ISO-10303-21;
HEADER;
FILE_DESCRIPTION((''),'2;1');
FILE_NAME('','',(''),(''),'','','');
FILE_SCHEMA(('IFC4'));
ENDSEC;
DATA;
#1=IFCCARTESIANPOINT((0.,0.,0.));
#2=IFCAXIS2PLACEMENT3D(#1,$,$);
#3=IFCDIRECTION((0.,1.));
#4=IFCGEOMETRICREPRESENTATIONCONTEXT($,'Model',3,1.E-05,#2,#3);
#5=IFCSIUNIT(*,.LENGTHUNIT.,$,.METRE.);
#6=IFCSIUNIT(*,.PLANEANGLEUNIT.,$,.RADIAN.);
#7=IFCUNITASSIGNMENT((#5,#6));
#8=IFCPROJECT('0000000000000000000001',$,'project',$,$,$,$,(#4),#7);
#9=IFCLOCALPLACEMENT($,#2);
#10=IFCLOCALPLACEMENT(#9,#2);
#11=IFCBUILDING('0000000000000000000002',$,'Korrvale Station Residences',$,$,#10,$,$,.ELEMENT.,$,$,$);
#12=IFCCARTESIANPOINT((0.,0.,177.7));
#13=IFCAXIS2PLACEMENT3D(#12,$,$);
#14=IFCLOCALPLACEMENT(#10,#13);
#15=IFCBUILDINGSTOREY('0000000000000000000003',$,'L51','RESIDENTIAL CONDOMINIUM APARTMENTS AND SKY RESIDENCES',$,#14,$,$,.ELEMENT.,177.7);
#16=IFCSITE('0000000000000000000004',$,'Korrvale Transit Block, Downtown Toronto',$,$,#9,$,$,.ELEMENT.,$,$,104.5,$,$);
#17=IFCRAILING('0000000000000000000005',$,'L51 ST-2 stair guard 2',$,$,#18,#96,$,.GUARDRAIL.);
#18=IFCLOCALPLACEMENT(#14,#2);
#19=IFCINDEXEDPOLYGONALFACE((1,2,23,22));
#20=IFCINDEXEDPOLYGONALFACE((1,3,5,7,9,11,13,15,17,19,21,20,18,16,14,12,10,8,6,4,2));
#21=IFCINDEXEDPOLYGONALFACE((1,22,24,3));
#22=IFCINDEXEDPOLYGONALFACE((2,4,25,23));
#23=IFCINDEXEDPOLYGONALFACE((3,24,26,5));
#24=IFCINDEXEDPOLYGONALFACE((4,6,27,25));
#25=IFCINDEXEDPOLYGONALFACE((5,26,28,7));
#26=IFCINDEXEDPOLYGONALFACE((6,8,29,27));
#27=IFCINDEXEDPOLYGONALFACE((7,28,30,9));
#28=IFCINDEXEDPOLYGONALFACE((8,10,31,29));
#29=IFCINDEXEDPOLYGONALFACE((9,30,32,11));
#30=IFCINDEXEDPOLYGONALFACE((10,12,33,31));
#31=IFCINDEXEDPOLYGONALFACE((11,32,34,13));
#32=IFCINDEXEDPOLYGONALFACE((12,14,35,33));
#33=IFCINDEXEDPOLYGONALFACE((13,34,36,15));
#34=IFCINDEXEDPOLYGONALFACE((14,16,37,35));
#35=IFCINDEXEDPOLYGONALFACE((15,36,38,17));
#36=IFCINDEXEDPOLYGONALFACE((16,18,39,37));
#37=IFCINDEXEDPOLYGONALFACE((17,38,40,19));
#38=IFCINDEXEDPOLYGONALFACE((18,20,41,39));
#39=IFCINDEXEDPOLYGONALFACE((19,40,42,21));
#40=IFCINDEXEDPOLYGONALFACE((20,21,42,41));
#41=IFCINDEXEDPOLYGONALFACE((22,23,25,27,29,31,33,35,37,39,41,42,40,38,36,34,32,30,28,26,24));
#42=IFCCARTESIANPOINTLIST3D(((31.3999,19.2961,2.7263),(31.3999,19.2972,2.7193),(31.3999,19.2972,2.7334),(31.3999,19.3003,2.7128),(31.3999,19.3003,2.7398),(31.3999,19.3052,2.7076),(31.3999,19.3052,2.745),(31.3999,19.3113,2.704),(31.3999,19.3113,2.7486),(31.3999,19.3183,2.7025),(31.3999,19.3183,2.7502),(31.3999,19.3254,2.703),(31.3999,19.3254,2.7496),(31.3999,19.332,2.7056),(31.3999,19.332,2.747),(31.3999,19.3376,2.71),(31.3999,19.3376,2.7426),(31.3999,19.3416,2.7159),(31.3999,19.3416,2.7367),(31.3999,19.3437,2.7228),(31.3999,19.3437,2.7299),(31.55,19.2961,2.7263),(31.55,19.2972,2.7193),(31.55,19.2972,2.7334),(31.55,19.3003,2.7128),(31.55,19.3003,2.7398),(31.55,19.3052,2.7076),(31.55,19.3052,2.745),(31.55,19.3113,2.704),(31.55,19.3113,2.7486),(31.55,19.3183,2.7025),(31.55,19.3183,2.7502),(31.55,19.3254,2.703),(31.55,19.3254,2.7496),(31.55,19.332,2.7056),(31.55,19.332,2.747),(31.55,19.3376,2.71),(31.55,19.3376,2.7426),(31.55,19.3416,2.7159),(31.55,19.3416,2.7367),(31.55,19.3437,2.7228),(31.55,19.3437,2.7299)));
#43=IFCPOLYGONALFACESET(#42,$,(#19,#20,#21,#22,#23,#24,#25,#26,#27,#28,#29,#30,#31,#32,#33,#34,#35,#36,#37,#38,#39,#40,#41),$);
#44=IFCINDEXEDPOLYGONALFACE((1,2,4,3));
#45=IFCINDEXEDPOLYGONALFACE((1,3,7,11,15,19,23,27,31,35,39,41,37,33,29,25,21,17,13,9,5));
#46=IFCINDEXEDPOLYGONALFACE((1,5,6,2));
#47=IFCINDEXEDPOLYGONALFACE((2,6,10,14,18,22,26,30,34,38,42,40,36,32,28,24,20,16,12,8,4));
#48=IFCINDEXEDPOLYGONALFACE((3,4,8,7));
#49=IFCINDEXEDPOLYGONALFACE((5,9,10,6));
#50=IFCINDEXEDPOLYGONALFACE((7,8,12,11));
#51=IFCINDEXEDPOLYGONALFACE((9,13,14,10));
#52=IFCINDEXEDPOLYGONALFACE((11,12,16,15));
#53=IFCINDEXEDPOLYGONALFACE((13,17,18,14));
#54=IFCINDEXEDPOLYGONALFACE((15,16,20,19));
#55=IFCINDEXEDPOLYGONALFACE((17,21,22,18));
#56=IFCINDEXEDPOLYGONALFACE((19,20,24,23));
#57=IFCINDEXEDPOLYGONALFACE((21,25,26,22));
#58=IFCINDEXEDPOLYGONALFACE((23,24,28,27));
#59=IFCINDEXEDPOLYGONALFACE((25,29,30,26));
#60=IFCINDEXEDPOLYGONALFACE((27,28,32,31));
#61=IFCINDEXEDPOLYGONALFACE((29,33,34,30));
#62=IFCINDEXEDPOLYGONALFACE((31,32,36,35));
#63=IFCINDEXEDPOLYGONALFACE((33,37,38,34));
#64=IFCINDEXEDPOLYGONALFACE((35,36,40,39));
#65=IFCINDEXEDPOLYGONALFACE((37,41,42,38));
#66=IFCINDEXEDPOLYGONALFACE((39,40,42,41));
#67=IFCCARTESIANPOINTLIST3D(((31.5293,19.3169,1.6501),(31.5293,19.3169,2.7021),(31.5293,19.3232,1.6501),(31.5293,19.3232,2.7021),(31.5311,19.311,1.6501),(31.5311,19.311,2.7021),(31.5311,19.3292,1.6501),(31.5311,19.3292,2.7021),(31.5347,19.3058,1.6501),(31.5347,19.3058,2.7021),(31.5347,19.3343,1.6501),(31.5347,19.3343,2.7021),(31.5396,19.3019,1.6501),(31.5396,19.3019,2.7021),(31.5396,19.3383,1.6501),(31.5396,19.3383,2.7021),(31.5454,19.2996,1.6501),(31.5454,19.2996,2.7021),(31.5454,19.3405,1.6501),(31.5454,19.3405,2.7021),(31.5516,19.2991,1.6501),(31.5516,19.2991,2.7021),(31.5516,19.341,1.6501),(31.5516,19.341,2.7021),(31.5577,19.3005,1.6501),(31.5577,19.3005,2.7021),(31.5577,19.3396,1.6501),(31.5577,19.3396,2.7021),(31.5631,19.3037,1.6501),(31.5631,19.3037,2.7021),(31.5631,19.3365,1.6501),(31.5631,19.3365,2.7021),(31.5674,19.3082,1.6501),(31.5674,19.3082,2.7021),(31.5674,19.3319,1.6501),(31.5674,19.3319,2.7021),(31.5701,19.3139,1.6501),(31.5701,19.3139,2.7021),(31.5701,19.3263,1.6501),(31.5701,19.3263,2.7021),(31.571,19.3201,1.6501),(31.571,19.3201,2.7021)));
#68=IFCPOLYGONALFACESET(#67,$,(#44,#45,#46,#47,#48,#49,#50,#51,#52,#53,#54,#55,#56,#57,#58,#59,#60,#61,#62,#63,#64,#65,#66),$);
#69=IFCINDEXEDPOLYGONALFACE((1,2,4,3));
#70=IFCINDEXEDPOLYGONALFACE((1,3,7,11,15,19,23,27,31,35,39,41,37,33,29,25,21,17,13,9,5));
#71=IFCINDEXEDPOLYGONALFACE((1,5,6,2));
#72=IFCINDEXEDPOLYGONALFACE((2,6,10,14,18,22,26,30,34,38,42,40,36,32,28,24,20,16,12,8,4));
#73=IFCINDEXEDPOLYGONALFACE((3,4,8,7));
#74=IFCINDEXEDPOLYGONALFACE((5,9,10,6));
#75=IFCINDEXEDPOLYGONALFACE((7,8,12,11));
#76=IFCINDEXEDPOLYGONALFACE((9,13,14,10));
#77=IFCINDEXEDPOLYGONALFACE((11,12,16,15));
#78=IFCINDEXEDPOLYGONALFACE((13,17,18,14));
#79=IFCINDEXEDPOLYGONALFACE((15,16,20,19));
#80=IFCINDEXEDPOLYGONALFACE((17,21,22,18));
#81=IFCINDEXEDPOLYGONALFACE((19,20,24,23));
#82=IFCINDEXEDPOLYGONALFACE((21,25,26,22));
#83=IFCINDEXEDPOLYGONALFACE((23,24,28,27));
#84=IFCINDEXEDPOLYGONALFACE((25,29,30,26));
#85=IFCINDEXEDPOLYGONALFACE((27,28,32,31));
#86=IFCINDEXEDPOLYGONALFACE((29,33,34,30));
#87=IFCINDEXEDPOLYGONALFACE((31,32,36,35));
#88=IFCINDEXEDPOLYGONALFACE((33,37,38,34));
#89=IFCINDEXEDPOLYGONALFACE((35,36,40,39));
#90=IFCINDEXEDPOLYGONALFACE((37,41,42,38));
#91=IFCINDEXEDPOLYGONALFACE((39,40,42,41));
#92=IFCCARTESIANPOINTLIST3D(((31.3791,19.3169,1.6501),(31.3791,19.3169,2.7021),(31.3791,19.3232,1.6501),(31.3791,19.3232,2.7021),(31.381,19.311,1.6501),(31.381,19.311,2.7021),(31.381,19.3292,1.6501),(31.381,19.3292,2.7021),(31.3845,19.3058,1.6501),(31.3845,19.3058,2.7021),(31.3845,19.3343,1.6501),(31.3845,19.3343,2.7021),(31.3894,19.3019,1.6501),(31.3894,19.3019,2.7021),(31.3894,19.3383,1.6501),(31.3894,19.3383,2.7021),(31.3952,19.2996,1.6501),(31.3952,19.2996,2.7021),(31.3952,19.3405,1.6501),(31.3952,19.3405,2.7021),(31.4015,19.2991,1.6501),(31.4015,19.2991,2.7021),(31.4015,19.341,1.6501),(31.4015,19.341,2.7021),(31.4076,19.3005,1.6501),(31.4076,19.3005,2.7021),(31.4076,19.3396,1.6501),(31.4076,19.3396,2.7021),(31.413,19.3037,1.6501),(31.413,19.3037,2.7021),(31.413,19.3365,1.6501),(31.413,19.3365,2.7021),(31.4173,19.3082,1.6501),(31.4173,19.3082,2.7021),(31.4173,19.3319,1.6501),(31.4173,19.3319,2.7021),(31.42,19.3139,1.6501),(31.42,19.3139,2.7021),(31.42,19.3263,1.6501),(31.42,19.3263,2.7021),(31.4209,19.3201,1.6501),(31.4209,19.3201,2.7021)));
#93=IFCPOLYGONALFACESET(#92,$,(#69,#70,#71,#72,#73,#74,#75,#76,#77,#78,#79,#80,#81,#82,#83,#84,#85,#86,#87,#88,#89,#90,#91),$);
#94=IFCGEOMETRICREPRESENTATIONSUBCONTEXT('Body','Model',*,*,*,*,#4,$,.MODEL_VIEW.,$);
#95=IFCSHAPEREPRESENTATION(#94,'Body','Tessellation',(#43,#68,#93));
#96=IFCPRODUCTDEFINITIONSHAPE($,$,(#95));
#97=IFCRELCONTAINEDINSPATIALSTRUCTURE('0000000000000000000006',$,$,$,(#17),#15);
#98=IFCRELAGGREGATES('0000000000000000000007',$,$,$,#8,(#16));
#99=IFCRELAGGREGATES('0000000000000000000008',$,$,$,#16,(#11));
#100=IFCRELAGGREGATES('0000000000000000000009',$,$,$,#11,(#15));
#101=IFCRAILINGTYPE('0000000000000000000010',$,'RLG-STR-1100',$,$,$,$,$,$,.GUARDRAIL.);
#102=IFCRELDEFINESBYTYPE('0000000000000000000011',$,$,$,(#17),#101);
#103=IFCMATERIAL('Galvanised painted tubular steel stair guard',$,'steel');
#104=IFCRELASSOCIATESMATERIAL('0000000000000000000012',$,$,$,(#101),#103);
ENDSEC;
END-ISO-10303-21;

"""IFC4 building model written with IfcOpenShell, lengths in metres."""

from ifc_helpers import new_model, si_unit, direction, frame, origin, origin_2d, place, context, subcontext, project, spatial, circle, extrude, material, type_object, element, save


model = new_model("IFC4")

# Units and contexts
model_context = context("Model", 3, precision=1e-05, world=origin(), true_north=direction((0.0, 1.0)))
body_context = subcontext(model_context, "Body", "Model", "MODEL_VIEW")
ifc_project = project(units=[si_unit("LENGTHUNIT", "METRE"), si_unit("PLANEANGLEUNIT", "RADIAN")], contexts=[model_context])

# Site, building, storey
site_placement = place(None, origin())
site = spatial("IfcSite", under=ifc_project, at=site_placement, Name="Korrvale Transit Block, Downtown Toronto", CompositionType="ELEMENT", RefElevation=104.5)
building_placement = place(site_placement, origin())
building = spatial("IfcBuilding", under=site, at=building_placement, Name="Korrvale Station Residences", CompositionType="ELEMENT")
storey_placement = place(building_placement, frame((0.0, 0.0, 177.7)))
storey = spatial("IfcBuildingStorey", under=building, at=storey_placement, Name="L51", Description="RESIDENTIAL CONDOMINIUM APARTMENTS AND SKY RESIDENCES", CompositionType="ELEMENT", Elevation=177.7)

# Railing
ifc_material_1 = material(Name="Galvanised painted tubular steel stair guard", Category="steel")
railing_type_1 = type_object("IfcRailingType", Name="RLG-STR-1100", PredefinedType="GUARDRAIL", material=ifc_material_1)
railing_1_placement = place(storey_placement, frame((31.55, 19.3201, 1.6501)))
element("IfcRailing", 1, at=railing_1_placement, inside=storey, type_object=railing_type_1, Name="L51 ST-2 stair guard 2", PredefinedType="GUARDRAIL", context=body_context, shape_type="SweptSolid", body=[
    extrude(circle(Radius=0.0239, at=origin_2d()), frame((0.0, 0.0, 1.0762), z_axis=(-1.0, 0.0, 0.0), x_axis=(0.0, -1.0, 0.0)), (0.0, 0.0, 1.0), 0.1501),
    extrude(circle(Radius=0.021, at=origin_2d()), origin(), (0.0, 0.0, 1.0), 1.052),
    extrude(circle(Radius=0.021, at=origin_2d()), frame((-0.1501, 0.0, 0.0)), (0.0, 0.0, 1.0), 1.052),
])

save(model, "model.ifc")
